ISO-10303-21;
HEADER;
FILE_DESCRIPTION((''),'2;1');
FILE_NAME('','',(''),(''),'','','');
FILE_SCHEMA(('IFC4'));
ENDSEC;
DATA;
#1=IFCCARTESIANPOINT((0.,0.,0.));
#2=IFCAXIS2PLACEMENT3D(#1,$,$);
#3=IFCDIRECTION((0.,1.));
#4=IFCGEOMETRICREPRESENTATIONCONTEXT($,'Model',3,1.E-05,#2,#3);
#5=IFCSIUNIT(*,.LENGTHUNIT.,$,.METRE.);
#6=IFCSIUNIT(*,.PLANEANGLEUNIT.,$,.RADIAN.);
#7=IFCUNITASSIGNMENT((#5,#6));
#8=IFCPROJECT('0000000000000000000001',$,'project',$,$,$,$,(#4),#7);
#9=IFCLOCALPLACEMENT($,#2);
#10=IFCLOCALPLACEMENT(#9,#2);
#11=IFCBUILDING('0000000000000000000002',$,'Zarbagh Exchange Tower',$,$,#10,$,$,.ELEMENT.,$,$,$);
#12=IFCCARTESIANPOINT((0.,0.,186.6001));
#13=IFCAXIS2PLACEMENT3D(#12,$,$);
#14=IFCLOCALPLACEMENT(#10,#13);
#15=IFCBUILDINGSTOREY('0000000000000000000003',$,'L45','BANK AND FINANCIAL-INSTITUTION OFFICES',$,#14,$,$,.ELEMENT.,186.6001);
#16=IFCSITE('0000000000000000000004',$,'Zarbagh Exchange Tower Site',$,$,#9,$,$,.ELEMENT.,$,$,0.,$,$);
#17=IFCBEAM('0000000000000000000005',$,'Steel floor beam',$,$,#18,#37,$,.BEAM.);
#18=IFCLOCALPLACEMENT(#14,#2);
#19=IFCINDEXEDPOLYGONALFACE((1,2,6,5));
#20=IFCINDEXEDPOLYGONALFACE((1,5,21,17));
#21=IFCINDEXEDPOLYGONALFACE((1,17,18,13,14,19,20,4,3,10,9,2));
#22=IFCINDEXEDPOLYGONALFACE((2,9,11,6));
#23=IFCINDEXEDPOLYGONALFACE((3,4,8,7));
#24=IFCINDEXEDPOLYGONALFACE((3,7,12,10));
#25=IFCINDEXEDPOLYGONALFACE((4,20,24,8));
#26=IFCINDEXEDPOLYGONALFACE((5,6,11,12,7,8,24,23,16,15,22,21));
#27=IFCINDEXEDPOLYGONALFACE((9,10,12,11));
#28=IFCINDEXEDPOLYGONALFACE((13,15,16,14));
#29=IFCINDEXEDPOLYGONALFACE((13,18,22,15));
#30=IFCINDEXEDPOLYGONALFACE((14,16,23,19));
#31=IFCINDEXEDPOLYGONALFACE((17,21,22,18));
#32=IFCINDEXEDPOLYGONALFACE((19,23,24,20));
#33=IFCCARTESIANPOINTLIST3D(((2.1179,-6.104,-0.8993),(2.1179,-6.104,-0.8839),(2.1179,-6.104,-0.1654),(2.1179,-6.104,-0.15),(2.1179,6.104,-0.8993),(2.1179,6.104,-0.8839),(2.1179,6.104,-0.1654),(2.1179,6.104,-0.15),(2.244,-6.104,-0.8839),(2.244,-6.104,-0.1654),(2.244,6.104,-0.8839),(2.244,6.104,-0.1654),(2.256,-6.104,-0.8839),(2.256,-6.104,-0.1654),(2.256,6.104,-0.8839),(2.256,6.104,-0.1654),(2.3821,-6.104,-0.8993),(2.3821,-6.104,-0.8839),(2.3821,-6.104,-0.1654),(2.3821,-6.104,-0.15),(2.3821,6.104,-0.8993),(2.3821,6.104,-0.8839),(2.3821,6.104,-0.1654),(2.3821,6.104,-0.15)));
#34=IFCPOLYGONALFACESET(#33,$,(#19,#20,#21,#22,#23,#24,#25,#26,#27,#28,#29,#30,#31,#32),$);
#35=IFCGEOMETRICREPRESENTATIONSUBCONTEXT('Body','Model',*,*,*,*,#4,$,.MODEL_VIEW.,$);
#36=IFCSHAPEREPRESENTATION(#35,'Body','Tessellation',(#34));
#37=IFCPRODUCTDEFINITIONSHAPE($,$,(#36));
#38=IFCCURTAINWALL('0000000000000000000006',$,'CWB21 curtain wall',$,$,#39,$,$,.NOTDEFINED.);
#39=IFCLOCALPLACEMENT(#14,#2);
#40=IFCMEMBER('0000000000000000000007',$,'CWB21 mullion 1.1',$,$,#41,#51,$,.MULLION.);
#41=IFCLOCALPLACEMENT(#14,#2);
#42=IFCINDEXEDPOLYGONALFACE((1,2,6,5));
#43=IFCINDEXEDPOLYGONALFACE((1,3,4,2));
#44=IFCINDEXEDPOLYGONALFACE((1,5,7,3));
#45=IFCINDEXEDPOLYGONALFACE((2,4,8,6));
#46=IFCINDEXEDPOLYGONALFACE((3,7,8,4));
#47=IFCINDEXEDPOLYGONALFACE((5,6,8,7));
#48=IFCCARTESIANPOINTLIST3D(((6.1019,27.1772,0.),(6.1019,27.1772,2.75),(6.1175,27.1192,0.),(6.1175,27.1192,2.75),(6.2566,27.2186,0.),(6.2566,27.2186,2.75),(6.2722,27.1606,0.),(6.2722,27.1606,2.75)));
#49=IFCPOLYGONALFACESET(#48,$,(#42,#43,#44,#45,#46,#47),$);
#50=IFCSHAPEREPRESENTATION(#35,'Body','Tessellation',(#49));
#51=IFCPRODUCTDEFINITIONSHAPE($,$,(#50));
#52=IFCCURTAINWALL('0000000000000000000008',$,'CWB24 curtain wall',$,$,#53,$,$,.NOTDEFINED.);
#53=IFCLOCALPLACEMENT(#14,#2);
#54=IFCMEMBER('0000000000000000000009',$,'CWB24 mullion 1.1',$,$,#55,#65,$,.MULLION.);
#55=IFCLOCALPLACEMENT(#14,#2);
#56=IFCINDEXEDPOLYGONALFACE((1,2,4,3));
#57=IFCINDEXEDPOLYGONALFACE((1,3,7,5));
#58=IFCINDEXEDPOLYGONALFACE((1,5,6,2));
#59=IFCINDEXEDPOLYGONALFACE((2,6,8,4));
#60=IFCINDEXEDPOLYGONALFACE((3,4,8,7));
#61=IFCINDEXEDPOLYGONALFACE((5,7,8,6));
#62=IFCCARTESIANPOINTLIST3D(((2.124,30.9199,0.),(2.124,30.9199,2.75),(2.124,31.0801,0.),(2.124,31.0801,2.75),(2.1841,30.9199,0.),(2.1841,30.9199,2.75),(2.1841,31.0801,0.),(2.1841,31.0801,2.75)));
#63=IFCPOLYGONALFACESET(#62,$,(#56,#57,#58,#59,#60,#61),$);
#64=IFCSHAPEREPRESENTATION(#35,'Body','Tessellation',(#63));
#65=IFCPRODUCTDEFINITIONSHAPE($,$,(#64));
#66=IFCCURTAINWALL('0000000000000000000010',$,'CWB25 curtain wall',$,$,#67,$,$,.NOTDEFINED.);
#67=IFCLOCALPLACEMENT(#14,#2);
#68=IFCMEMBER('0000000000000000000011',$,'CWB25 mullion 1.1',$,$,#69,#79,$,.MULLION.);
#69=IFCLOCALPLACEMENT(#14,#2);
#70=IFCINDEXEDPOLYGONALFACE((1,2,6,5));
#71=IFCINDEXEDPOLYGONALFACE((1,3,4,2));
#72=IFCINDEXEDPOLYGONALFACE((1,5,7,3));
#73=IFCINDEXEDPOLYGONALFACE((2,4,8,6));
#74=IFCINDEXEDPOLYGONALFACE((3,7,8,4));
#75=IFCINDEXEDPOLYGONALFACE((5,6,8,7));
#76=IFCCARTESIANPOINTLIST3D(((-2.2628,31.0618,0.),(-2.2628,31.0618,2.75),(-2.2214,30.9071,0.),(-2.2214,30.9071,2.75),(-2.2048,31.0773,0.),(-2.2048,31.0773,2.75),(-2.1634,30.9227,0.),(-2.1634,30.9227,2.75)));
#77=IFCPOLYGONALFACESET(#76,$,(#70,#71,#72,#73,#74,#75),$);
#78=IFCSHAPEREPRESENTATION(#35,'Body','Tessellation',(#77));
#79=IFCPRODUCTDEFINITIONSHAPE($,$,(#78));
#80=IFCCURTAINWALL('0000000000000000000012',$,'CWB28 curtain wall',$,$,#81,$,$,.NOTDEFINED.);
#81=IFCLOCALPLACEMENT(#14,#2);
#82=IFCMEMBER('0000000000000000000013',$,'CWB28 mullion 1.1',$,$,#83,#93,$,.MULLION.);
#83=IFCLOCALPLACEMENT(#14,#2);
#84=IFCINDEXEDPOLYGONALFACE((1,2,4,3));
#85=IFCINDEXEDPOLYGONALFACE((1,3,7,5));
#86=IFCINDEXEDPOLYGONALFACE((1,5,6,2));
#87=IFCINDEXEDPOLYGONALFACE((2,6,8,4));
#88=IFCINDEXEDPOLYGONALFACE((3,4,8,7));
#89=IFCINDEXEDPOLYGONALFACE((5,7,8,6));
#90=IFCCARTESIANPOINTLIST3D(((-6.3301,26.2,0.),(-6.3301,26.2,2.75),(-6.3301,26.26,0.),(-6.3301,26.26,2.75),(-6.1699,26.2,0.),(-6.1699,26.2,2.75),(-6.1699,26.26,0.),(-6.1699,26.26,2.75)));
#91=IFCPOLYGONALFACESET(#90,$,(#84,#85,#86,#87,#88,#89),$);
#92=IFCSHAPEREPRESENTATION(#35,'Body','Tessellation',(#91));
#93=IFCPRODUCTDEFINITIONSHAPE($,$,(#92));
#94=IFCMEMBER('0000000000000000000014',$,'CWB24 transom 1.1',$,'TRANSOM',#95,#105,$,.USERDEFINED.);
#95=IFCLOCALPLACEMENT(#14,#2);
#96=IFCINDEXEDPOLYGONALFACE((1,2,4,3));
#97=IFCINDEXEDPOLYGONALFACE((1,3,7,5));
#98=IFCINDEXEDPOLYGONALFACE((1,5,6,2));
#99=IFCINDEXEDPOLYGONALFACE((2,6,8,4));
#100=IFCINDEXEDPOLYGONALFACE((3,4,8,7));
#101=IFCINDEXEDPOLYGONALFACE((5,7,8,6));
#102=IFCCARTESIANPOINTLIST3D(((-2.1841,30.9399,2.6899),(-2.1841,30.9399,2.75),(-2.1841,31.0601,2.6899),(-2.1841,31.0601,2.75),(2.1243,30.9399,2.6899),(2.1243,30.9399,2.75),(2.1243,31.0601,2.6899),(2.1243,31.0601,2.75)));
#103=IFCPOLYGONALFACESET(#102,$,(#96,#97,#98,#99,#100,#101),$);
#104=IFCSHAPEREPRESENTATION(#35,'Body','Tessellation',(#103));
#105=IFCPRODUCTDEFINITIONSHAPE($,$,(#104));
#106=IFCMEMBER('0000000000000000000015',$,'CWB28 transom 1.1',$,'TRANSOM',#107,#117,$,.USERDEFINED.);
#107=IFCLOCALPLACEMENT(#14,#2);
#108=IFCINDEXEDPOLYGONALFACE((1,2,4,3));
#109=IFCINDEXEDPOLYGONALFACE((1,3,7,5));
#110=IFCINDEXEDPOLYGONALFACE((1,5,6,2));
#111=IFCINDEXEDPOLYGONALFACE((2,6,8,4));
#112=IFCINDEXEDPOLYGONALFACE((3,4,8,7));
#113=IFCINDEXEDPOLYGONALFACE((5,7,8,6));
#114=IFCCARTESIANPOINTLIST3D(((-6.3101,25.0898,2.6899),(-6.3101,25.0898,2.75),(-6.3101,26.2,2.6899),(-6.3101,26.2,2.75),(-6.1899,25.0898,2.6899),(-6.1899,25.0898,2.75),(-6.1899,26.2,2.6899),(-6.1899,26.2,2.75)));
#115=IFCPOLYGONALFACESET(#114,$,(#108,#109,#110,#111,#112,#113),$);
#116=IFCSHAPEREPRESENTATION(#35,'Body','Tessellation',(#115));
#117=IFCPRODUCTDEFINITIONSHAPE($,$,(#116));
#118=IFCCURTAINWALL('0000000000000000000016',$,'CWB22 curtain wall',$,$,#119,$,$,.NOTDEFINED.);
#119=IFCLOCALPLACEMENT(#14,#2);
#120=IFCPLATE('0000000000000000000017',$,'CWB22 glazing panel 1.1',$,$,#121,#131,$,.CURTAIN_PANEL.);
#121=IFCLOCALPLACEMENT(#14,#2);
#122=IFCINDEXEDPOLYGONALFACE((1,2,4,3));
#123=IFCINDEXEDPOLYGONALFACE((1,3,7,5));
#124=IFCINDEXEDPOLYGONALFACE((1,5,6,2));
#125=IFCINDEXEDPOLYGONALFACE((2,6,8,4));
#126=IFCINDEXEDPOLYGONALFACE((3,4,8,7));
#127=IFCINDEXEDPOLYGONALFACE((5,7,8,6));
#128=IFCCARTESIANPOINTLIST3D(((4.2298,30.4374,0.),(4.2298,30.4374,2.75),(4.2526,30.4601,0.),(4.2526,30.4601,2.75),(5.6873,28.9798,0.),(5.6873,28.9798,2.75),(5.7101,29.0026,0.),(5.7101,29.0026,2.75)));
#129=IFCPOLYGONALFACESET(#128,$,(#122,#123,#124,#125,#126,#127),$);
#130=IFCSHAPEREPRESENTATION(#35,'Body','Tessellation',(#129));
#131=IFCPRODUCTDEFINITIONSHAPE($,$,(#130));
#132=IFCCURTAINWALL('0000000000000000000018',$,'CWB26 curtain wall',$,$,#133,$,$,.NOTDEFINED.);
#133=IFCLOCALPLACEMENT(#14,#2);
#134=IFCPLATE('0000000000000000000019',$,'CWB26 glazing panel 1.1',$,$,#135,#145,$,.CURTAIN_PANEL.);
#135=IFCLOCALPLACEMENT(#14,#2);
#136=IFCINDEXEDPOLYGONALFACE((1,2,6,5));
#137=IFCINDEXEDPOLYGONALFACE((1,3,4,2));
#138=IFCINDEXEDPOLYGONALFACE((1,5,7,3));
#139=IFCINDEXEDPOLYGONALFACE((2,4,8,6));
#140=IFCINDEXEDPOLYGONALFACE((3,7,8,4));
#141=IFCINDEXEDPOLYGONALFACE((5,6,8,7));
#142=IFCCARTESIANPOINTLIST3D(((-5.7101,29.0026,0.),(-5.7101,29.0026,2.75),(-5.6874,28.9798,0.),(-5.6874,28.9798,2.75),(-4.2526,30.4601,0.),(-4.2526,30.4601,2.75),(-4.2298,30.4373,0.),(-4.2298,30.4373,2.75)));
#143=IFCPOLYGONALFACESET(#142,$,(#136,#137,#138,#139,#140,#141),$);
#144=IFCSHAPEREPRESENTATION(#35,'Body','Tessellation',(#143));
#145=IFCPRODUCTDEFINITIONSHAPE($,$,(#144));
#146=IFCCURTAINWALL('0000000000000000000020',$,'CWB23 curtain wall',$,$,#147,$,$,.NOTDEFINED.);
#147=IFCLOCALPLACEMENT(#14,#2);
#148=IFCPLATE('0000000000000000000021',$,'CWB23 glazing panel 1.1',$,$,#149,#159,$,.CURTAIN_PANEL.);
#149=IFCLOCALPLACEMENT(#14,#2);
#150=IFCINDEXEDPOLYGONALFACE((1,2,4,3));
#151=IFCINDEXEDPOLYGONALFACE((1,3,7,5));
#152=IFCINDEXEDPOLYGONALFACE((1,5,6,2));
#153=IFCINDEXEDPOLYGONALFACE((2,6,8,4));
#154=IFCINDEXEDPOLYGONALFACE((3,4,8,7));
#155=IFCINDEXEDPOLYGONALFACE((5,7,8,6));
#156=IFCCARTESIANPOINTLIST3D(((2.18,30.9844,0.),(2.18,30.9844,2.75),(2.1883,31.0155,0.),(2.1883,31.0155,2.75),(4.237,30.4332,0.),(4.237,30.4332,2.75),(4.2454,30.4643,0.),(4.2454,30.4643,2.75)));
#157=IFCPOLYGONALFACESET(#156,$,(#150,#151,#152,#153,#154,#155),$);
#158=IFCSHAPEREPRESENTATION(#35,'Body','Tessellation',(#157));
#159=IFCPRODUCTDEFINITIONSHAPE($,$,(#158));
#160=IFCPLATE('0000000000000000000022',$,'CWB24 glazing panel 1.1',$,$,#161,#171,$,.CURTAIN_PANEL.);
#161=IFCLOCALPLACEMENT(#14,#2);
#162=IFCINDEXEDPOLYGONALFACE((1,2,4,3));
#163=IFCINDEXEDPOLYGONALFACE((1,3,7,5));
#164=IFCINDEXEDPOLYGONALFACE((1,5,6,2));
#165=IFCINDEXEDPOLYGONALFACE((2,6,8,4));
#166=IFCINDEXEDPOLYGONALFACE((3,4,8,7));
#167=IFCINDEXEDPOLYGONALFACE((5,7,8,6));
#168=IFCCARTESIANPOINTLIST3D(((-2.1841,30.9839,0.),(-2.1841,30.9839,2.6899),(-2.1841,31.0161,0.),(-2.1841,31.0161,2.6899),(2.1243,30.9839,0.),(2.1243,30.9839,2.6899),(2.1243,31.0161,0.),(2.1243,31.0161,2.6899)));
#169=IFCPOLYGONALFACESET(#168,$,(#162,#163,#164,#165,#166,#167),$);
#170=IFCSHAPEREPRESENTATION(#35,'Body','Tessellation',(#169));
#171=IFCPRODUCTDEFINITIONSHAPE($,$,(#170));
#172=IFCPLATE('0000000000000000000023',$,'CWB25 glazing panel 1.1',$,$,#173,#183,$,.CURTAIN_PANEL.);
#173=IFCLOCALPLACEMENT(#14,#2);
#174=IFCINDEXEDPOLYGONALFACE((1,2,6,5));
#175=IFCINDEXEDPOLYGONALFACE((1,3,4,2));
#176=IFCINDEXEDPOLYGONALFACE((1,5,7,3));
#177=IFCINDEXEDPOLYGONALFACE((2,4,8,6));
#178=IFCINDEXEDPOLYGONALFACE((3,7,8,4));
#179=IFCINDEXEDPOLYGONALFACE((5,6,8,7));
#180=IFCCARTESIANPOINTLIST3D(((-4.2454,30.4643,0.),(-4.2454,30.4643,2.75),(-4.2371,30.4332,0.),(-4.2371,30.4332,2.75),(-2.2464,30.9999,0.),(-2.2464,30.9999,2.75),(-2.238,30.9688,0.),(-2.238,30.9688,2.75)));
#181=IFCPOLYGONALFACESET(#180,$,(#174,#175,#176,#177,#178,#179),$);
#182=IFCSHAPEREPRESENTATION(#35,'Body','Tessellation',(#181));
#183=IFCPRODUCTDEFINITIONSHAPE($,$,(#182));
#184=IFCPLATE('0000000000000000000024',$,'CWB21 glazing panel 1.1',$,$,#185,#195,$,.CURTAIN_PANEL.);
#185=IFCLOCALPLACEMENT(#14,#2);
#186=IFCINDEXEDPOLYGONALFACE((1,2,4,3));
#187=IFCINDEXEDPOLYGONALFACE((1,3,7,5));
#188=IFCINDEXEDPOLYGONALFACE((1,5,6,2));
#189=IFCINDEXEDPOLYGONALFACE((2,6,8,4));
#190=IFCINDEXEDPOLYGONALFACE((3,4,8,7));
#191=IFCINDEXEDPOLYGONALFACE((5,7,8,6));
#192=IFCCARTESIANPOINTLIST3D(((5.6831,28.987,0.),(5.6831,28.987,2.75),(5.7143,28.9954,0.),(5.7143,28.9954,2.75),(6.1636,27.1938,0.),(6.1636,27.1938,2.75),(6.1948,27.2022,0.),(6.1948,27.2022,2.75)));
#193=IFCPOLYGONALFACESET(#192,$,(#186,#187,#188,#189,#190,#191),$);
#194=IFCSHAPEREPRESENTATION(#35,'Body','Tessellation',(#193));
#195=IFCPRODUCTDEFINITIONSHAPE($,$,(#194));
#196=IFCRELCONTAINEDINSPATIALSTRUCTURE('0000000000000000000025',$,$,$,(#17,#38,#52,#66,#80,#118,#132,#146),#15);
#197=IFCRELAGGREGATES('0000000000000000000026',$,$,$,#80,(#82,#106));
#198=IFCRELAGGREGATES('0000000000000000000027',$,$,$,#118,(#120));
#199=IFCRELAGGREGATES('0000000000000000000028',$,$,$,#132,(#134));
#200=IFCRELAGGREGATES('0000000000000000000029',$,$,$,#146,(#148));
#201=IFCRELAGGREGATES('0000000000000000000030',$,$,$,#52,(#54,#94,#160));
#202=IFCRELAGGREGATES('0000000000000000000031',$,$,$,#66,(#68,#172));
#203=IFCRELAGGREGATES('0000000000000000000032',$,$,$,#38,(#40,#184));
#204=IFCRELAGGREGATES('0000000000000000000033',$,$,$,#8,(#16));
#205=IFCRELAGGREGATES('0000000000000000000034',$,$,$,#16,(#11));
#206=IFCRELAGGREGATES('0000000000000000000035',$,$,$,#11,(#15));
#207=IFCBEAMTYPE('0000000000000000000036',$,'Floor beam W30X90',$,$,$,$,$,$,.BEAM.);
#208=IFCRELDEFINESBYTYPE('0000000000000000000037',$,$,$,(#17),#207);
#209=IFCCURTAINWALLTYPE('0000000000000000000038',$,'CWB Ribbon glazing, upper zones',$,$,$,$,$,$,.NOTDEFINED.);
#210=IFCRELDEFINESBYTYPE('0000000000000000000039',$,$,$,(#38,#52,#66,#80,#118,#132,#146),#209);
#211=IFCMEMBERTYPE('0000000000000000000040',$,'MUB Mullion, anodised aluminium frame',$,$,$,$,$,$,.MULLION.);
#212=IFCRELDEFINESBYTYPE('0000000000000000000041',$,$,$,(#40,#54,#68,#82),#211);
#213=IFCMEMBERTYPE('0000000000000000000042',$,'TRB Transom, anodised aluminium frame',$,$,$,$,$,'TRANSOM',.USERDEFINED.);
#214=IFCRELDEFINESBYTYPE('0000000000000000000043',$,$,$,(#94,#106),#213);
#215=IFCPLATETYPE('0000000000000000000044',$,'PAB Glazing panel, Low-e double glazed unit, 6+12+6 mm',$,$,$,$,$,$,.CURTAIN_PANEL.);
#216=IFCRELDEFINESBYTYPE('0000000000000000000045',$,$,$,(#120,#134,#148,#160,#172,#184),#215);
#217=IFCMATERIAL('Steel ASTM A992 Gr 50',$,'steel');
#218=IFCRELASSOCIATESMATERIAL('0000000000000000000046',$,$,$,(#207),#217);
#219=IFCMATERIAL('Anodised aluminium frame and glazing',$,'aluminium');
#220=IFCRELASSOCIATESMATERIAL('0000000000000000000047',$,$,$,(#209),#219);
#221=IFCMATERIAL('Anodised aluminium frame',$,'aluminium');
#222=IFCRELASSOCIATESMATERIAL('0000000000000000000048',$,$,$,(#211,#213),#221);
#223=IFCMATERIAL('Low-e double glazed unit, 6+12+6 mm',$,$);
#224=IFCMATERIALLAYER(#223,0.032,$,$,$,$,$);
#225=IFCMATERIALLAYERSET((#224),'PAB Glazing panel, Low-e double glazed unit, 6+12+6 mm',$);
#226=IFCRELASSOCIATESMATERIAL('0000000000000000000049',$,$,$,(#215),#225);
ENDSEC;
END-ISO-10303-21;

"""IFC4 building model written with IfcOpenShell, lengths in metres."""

from ifc_helpers import new_model, si_unit, direction, frame, origin, origin_2d, place, context, subcontext, project, spatial, polyline, i_section, outline, extrude, source, transform, mapped, material, layer, layer_set, material_profile, profile_set, type_object, element, aggregate, save


model = new_model("IFC4")

# Units and contexts
model_context = context("Model", 3, precision=1e-05, world=origin(), true_north=direction((0.0, 1.0)))
body_context = subcontext(model_context, "Body", "Model", "MODEL_VIEW")
ifc_project = project(units=[si_unit("LENGTHUNIT", "METRE"), si_unit("PLANEANGLEUNIT", "RADIAN")], contexts=[model_context])

# Site, building, storey
site_placement = place(None, origin())
site = spatial("IfcSite", under=ifc_project, at=site_placement, Name="Zarbagh Exchange Tower Site", CompositionType="ELEMENT", RefElevation=0.0)
building_placement = place(site_placement, origin())
building = spatial("IfcBuilding", under=site, at=building_placement, Name="Zarbagh Exchange Tower", CompositionType="ELEMENT")
storey_placement = place(building_placement, frame((0.0, 0.0, 186.6001)))
storey = spatial("IfcBuildingStorey", under=building, at=storey_placement, Name="L45", Description="BANK AND FINANCIAL-INSTITUTION OFFICES", CompositionType="ELEMENT", Elevation=186.6001)

# Beam
ifc_material_1 = material(Name="Steel ASTM A992 Gr 50", Category="steel")
ifc_material_profile = material_profile(ifc_material_1, i_section(OverallWidth=0.2642, OverallDepth=0.7493, WebThickness=0.012, FlangeThickness=0.0154, at=origin_2d()), Name="W30X90")
ifc_profile_set = profile_set([ifc_material_profile], Name="Steel ASTM A992 Gr 50")
beam_type = type_object("IfcBeamType", Name="Floor beam W30X90", PredefinedType="BEAM", material=ifc_profile_set)
beam_placement = place(storey_placement, frame((2.25, -6.104, -0.5247), z_axis=(0.0, 1.0, 0.0), x_axis=(-1.0, 0.0, 0.0)))
element("IfcBeam", 1, at=beam_placement, inside=storey, type_object=beam_type, Name="Steel floor beam", PredefinedType="BEAM", context=body_context, shape_type="SweptSolid", body=[
    extrude(i_section(OverallWidth=0.2642, OverallDepth=0.7493, WebThickness=0.012, FlangeThickness=0.0154, at=origin_2d()), origin(), (0.0, 0.0, 1.0), 12.208),
])

# Curtain walls, members
ifc_material_2 = material(Name="Anodised aluminium frame and glazing", Category="aluminium")
curtain_wall_type = type_object("IfcCurtainWallType", Name="CWB Ribbon glazing, upper zones", PredefinedType="NOTDEFINED", material=ifc_material_2)
curtain_wall_1_placement = place(storey_placement, origin())
curtain_wall_1 = element("IfcCurtainWall", 2, at=curtain_wall_1_placement, inside=storey, type_object=curtain_wall_type, Name="CWB21 curtain wall", PredefinedType="NOTDEFINED")
ifc_material_3 = material(Name="Anodised aluminium frame", Category="aluminium")
member_type_1 = type_object("IfcMemberType", Name="MUB Mullion, anodised aluminium frame", PredefinedType="MULLION", material=ifc_material_3)
shared_shape_1 = source(origin(), body_context, "Body", "SweptSolid", [
    extrude(outline(polyline([(0.0, -0.0801), (0.0601, -0.0801), (0.0601, 0.0801), (0.0, 0.0801), (0.0, -0.0801)])), origin(), (0.0, 0.0, 1.0), 2.75),
])
placement = place(storey_placement, origin())
member_1 = element("IfcMember", 3, at=placement, type_object=member_type_1, Name="CWB21 mullion 1.1", PredefinedType="MULLION", context=body_context, shape_type="MappedRepresentation", body=[
    mapped(shared_shape_1, transform((6.1948, 27.1399, 0.0), x_axis=(-0.258825, 0.965924, 0.0), y_axis=(-0.965924, -0.258825, 0.0), z_axis=(0.0, 0.0, 1.0))),
])
curtain_wall_2_placement = place(storey_placement, origin())
curtain_wall_2 = element("IfcCurtainWall", 4, at=curtain_wall_2_placement, inside=storey, type_object=curtain_wall_type, Name="CWB24 curtain wall", PredefinedType="NOTDEFINED")
member_2 = element("IfcMember", 5, at=placement, type_object=member_type_1, Name="CWB24 mullion 1.1", PredefinedType="MULLION", context=body_context, shape_type="MappedRepresentation", body=[
    mapped(shared_shape_1, transform((2.1841, 31.0, 0.0), x_axis=(-1.0, 0.0, 0.0), y_axis=(0.0, -1.0, 0.0), z_axis=(0.0, 0.0, 1.0))),
])
curtain_wall_3_placement = place(storey_placement, origin())
curtain_wall_3 = element("IfcCurtainWall", 6, at=curtain_wall_3_placement, inside=storey, type_object=curtain_wall_type, Name="CWB25 curtain wall", PredefinedType="NOTDEFINED")
member_3 = element("IfcMember", 7, at=placement, type_object=member_type_1, Name="CWB25 mullion 1.1", PredefinedType="MULLION", context=body_context, shape_type="MappedRepresentation", body=[
    mapped(shared_shape_1, transform((-2.1841, 31.0, 0.0), x_axis=(-0.965924, -0.258825, 0.0), y_axis=(0.258825, -0.965924, 0.0), z_axis=(0.0, 0.0, 1.0))),
])
curtain_wall_4_placement = place(storey_placement, origin())
curtain_wall_4 = element("IfcCurtainWall", 8, at=curtain_wall_4_placement, inside=storey, type_object=curtain_wall_type, Name="CWB28 curtain wall", PredefinedType="NOTDEFINED")
member_4 = element("IfcMember", 9, at=placement, type_object=member_type_1, Name="CWB28 mullion 1.1", PredefinedType="MULLION", context=body_context, shape_type="MappedRepresentation", body=[
    mapped(shared_shape_1, transform((-6.25, 26.26, 0.0), x_axis=(0.0, -1.0, 0.0), y_axis=(1.0, 0.0, 0.0), z_axis=(0.0, 0.0, 1.0))),
])

# Members
member_type_2 = type_object("IfcMemberType", Name="TRB Transom, anodised aluminium frame", ElementType="TRANSOM", PredefinedType="USERDEFINED", material=ifc_material_3)
shared_shape_2 = source(origin(), body_context, "Body", "SweptSolid", [
    extrude(outline(polyline([(-0.0601, -0.0601), (0.0, -0.0601), (0.0, 0.0601), (-0.0601, 0.0601), (-0.0601, -0.0601)])), origin(), (0.0, 0.0, 1.0), 4.3083),
])
member_5 = element("IfcMember", 10, at=placement, type_object=member_type_2, Name="CWB24 transom 1.1", ObjectType="TRANSOM", PredefinedType="USERDEFINED", context=body_context, shape_type="MappedRepresentation", body=[
    mapped(shared_shape_2, transform((2.1243, 31.0, 2.75), x_axis=(0.0, 0.0, 1.0), y_axis=(0.0, 1.0, 0.0), z_axis=(-1.0, 0.0, 0.0))),
])
shared_shape_3 = source(origin(), body_context, "Body", "SweptSolid", [
    extrude(outline(polyline([(-0.0601, -0.0601), (0.0, -0.0601), (0.0, 0.0601), (-0.0601, 0.0601), (-0.0601, -0.0601)])), origin(), (0.0, 0.0, 1.0), 1.1101),
])
member_6 = element("IfcMember", 11, at=placement, type_object=member_type_2, Name="CWB28 transom 1.1", ObjectType="TRANSOM", PredefinedType="USERDEFINED", context=body_context, shape_type="MappedRepresentation", body=[
    mapped(shared_shape_3, transform((-6.25, 26.2, 2.75), x_axis=(0.0, 0.0, 1.0), y_axis=(-1.0, 0.0, 0.0), z_axis=(0.0, -1.0, 0.0))),
])
aggregate(curtain_wall_4, [member_4, member_6])

# Curtain walls, plates
curtain_wall_5_placement = place(storey_placement, origin())
curtain_wall_5 = element("IfcCurtainWall", 12, at=curtain_wall_5_placement, inside=storey, type_object=curtain_wall_type, Name="CWB22 curtain wall", PredefinedType="NOTDEFINED")
ifc_material_4 = material(Name="Low-e double glazed unit, 6+12+6 mm")
ifc_layer_1 = layer(ifc_material_4, 0.032)
ifc_layer_set_1 = layer_set([ifc_layer_1], Name="PAB Glazing panel, Low-e double glazed unit, 6+12+6 mm")
plate_type = type_object("IfcPlateType", Name="PAB Glazing panel, Low-e double glazed unit, 6+12+6 mm", PredefinedType="CURTAIN_PANEL", material=ifc_layer_set_1)
shared_shape_4 = source(origin(), body_context, "Body", "SweptSolid", [
    extrude(outline(polyline([(0.0, -0.0161), (2.0613, -0.0161), (2.0613, 0.0161), (0.0, 0.0161), (0.0, -0.0161)])), origin(), (0.0, 0.0, 1.0), 2.75),
])
plate_1 = element("IfcPlate", 13, at=placement, type_object=plate_type, Name="CWB22 glazing panel 1.1", PredefinedType="CURTAIN_PANEL", context=body_context, shape_type="MappedRepresentation", body=[
    mapped(shared_shape_4, transform((5.6987, 28.9912, 0.0), x_axis=(-0.707107, 0.707107, 0.0), y_axis=(-0.707107, -0.707107, 0.0), z_axis=(0.0, 0.0, 1.0))),
])
aggregate(curtain_wall_5, [plate_1])
curtain_wall_6_placement = place(storey_placement, origin())
curtain_wall_6 = element("IfcCurtainWall", 14, at=curtain_wall_6_placement, inside=storey, type_object=curtain_wall_type, Name="CWB26 curtain wall", PredefinedType="NOTDEFINED")
plate_2 = element("IfcPlate", 15, at=placement, type_object=plate_type, Name="CWB26 glazing panel 1.1", PredefinedType="CURTAIN_PANEL", context=body_context, shape_type="MappedRepresentation", body=[
    mapped(shared_shape_4, transform((-4.2412, 30.4487, 0.0), x_axis=(-0.707107, -0.707107, 0.0), y_axis=(0.707107, -0.707107, 0.0), z_axis=(0.0, 0.0, 1.0))),
])
aggregate(curtain_wall_6, [plate_2])
curtain_wall_7_placement = place(storey_placement, origin())
curtain_wall_7 = element("IfcCurtainWall", 16, at=curtain_wall_7_placement, inside=storey, type_object=curtain_wall_type, Name="CWB23 curtain wall", PredefinedType="NOTDEFINED")
shared_shape_5 = source(origin(), body_context, "Body", "SweptSolid", [
    extrude(outline(polyline([(0.0, -0.0161), (2.1296, -0.0161), (2.1296, 0.0161), (0.0, 0.0161), (0.0, -0.0161)])), origin(), (0.0, 0.0, 1.0), 2.75),
])
plate_3 = element("IfcPlate", 17, at=placement, type_object=plate_type, Name="CWB23 glazing panel 1.1", PredefinedType="CURTAIN_PANEL", context=body_context, shape_type="MappedRepresentation", body=[
    mapped(shared_shape_5, transform((4.2412, 30.4487, 0.0), x_axis=(-0.965924, 0.258825, 0.0), y_axis=(-0.258825, -0.965924, 0.0), z_axis=(0.0, 0.0, 1.0))),
])
aggregate(curtain_wall_7, [plate_3])

# Plates
shared_shape_6 = source(origin(), body_context, "Body", "SweptSolid", [
    extrude(outline(polyline([(0.0, -0.0161), (4.3083, -0.0161), (4.3083, 0.0161), (0.0, 0.0161), (0.0, -0.0161)])), origin(), (0.0, 0.0, 1.0), 2.6899),
])
plate_4 = element("IfcPlate", 18, at=placement, type_object=plate_type, Name="CWB24 glazing panel 1.1", PredefinedType="CURTAIN_PANEL", context=body_context, shape_type="MappedRepresentation", body=[
    mapped(shared_shape_6, transform((2.1243, 31.0, 0.0), x_axis=(-1.0, 0.0, 0.0), y_axis=(0.0, -1.0, 0.0), z_axis=(0.0, 0.0, 1.0))),
])
aggregate(curtain_wall_2, [member_2, member_5, plate_4])
shared_shape_7 = source(origin(), body_context, "Body", "SweptSolid", [
    extrude(outline(polyline([(0.0, -0.0161), (2.0696, -0.0161), (2.0696, 0.0161), (0.0, 0.0161), (0.0, -0.0161)])), origin(), (0.0, 0.0, 1.0), 2.75),
])
plate_5 = element("IfcPlate", 19, at=placement, type_object=plate_type, Name="CWB25 glazing panel 1.1", PredefinedType="CURTAIN_PANEL", context=body_context, shape_type="MappedRepresentation", body=[
    mapped(shared_shape_7, transform((-2.2422, 30.9844, 0.0), x_axis=(-0.965924, -0.258825, 0.0), y_axis=(0.258825, -0.965924, 0.0), z_axis=(0.0, 0.0, 1.0))),
])
aggregate(curtain_wall_3, [member_3, plate_5])
shared_shape_8 = source(origin(), body_context, "Body", "SweptSolid", [
    extrude(outline(polyline([(0.0, -0.0161), (1.8564, -0.0161), (1.8564, 0.0161), (0.0, 0.0161), (0.0, -0.0161)])), origin(), (0.0, 0.0, 1.0), 2.75),
])
plate_6 = element("IfcPlate", 20, at=placement, type_object=plate_type, Name="CWB21 glazing panel 1.1", PredefinedType="CURTAIN_PANEL", context=body_context, shape_type="MappedRepresentation", body=[
    mapped(shared_shape_8, transform((6.1792, 27.198, 0.0), x_axis=(-0.258825, 0.965924, 0.0), y_axis=(-0.965924, -0.258825, 0.0), z_axis=(0.0, 0.0, 1.0))),
])
aggregate(curtain_wall_1, [member_1, plate_6])

save(model, "model.ifc")
